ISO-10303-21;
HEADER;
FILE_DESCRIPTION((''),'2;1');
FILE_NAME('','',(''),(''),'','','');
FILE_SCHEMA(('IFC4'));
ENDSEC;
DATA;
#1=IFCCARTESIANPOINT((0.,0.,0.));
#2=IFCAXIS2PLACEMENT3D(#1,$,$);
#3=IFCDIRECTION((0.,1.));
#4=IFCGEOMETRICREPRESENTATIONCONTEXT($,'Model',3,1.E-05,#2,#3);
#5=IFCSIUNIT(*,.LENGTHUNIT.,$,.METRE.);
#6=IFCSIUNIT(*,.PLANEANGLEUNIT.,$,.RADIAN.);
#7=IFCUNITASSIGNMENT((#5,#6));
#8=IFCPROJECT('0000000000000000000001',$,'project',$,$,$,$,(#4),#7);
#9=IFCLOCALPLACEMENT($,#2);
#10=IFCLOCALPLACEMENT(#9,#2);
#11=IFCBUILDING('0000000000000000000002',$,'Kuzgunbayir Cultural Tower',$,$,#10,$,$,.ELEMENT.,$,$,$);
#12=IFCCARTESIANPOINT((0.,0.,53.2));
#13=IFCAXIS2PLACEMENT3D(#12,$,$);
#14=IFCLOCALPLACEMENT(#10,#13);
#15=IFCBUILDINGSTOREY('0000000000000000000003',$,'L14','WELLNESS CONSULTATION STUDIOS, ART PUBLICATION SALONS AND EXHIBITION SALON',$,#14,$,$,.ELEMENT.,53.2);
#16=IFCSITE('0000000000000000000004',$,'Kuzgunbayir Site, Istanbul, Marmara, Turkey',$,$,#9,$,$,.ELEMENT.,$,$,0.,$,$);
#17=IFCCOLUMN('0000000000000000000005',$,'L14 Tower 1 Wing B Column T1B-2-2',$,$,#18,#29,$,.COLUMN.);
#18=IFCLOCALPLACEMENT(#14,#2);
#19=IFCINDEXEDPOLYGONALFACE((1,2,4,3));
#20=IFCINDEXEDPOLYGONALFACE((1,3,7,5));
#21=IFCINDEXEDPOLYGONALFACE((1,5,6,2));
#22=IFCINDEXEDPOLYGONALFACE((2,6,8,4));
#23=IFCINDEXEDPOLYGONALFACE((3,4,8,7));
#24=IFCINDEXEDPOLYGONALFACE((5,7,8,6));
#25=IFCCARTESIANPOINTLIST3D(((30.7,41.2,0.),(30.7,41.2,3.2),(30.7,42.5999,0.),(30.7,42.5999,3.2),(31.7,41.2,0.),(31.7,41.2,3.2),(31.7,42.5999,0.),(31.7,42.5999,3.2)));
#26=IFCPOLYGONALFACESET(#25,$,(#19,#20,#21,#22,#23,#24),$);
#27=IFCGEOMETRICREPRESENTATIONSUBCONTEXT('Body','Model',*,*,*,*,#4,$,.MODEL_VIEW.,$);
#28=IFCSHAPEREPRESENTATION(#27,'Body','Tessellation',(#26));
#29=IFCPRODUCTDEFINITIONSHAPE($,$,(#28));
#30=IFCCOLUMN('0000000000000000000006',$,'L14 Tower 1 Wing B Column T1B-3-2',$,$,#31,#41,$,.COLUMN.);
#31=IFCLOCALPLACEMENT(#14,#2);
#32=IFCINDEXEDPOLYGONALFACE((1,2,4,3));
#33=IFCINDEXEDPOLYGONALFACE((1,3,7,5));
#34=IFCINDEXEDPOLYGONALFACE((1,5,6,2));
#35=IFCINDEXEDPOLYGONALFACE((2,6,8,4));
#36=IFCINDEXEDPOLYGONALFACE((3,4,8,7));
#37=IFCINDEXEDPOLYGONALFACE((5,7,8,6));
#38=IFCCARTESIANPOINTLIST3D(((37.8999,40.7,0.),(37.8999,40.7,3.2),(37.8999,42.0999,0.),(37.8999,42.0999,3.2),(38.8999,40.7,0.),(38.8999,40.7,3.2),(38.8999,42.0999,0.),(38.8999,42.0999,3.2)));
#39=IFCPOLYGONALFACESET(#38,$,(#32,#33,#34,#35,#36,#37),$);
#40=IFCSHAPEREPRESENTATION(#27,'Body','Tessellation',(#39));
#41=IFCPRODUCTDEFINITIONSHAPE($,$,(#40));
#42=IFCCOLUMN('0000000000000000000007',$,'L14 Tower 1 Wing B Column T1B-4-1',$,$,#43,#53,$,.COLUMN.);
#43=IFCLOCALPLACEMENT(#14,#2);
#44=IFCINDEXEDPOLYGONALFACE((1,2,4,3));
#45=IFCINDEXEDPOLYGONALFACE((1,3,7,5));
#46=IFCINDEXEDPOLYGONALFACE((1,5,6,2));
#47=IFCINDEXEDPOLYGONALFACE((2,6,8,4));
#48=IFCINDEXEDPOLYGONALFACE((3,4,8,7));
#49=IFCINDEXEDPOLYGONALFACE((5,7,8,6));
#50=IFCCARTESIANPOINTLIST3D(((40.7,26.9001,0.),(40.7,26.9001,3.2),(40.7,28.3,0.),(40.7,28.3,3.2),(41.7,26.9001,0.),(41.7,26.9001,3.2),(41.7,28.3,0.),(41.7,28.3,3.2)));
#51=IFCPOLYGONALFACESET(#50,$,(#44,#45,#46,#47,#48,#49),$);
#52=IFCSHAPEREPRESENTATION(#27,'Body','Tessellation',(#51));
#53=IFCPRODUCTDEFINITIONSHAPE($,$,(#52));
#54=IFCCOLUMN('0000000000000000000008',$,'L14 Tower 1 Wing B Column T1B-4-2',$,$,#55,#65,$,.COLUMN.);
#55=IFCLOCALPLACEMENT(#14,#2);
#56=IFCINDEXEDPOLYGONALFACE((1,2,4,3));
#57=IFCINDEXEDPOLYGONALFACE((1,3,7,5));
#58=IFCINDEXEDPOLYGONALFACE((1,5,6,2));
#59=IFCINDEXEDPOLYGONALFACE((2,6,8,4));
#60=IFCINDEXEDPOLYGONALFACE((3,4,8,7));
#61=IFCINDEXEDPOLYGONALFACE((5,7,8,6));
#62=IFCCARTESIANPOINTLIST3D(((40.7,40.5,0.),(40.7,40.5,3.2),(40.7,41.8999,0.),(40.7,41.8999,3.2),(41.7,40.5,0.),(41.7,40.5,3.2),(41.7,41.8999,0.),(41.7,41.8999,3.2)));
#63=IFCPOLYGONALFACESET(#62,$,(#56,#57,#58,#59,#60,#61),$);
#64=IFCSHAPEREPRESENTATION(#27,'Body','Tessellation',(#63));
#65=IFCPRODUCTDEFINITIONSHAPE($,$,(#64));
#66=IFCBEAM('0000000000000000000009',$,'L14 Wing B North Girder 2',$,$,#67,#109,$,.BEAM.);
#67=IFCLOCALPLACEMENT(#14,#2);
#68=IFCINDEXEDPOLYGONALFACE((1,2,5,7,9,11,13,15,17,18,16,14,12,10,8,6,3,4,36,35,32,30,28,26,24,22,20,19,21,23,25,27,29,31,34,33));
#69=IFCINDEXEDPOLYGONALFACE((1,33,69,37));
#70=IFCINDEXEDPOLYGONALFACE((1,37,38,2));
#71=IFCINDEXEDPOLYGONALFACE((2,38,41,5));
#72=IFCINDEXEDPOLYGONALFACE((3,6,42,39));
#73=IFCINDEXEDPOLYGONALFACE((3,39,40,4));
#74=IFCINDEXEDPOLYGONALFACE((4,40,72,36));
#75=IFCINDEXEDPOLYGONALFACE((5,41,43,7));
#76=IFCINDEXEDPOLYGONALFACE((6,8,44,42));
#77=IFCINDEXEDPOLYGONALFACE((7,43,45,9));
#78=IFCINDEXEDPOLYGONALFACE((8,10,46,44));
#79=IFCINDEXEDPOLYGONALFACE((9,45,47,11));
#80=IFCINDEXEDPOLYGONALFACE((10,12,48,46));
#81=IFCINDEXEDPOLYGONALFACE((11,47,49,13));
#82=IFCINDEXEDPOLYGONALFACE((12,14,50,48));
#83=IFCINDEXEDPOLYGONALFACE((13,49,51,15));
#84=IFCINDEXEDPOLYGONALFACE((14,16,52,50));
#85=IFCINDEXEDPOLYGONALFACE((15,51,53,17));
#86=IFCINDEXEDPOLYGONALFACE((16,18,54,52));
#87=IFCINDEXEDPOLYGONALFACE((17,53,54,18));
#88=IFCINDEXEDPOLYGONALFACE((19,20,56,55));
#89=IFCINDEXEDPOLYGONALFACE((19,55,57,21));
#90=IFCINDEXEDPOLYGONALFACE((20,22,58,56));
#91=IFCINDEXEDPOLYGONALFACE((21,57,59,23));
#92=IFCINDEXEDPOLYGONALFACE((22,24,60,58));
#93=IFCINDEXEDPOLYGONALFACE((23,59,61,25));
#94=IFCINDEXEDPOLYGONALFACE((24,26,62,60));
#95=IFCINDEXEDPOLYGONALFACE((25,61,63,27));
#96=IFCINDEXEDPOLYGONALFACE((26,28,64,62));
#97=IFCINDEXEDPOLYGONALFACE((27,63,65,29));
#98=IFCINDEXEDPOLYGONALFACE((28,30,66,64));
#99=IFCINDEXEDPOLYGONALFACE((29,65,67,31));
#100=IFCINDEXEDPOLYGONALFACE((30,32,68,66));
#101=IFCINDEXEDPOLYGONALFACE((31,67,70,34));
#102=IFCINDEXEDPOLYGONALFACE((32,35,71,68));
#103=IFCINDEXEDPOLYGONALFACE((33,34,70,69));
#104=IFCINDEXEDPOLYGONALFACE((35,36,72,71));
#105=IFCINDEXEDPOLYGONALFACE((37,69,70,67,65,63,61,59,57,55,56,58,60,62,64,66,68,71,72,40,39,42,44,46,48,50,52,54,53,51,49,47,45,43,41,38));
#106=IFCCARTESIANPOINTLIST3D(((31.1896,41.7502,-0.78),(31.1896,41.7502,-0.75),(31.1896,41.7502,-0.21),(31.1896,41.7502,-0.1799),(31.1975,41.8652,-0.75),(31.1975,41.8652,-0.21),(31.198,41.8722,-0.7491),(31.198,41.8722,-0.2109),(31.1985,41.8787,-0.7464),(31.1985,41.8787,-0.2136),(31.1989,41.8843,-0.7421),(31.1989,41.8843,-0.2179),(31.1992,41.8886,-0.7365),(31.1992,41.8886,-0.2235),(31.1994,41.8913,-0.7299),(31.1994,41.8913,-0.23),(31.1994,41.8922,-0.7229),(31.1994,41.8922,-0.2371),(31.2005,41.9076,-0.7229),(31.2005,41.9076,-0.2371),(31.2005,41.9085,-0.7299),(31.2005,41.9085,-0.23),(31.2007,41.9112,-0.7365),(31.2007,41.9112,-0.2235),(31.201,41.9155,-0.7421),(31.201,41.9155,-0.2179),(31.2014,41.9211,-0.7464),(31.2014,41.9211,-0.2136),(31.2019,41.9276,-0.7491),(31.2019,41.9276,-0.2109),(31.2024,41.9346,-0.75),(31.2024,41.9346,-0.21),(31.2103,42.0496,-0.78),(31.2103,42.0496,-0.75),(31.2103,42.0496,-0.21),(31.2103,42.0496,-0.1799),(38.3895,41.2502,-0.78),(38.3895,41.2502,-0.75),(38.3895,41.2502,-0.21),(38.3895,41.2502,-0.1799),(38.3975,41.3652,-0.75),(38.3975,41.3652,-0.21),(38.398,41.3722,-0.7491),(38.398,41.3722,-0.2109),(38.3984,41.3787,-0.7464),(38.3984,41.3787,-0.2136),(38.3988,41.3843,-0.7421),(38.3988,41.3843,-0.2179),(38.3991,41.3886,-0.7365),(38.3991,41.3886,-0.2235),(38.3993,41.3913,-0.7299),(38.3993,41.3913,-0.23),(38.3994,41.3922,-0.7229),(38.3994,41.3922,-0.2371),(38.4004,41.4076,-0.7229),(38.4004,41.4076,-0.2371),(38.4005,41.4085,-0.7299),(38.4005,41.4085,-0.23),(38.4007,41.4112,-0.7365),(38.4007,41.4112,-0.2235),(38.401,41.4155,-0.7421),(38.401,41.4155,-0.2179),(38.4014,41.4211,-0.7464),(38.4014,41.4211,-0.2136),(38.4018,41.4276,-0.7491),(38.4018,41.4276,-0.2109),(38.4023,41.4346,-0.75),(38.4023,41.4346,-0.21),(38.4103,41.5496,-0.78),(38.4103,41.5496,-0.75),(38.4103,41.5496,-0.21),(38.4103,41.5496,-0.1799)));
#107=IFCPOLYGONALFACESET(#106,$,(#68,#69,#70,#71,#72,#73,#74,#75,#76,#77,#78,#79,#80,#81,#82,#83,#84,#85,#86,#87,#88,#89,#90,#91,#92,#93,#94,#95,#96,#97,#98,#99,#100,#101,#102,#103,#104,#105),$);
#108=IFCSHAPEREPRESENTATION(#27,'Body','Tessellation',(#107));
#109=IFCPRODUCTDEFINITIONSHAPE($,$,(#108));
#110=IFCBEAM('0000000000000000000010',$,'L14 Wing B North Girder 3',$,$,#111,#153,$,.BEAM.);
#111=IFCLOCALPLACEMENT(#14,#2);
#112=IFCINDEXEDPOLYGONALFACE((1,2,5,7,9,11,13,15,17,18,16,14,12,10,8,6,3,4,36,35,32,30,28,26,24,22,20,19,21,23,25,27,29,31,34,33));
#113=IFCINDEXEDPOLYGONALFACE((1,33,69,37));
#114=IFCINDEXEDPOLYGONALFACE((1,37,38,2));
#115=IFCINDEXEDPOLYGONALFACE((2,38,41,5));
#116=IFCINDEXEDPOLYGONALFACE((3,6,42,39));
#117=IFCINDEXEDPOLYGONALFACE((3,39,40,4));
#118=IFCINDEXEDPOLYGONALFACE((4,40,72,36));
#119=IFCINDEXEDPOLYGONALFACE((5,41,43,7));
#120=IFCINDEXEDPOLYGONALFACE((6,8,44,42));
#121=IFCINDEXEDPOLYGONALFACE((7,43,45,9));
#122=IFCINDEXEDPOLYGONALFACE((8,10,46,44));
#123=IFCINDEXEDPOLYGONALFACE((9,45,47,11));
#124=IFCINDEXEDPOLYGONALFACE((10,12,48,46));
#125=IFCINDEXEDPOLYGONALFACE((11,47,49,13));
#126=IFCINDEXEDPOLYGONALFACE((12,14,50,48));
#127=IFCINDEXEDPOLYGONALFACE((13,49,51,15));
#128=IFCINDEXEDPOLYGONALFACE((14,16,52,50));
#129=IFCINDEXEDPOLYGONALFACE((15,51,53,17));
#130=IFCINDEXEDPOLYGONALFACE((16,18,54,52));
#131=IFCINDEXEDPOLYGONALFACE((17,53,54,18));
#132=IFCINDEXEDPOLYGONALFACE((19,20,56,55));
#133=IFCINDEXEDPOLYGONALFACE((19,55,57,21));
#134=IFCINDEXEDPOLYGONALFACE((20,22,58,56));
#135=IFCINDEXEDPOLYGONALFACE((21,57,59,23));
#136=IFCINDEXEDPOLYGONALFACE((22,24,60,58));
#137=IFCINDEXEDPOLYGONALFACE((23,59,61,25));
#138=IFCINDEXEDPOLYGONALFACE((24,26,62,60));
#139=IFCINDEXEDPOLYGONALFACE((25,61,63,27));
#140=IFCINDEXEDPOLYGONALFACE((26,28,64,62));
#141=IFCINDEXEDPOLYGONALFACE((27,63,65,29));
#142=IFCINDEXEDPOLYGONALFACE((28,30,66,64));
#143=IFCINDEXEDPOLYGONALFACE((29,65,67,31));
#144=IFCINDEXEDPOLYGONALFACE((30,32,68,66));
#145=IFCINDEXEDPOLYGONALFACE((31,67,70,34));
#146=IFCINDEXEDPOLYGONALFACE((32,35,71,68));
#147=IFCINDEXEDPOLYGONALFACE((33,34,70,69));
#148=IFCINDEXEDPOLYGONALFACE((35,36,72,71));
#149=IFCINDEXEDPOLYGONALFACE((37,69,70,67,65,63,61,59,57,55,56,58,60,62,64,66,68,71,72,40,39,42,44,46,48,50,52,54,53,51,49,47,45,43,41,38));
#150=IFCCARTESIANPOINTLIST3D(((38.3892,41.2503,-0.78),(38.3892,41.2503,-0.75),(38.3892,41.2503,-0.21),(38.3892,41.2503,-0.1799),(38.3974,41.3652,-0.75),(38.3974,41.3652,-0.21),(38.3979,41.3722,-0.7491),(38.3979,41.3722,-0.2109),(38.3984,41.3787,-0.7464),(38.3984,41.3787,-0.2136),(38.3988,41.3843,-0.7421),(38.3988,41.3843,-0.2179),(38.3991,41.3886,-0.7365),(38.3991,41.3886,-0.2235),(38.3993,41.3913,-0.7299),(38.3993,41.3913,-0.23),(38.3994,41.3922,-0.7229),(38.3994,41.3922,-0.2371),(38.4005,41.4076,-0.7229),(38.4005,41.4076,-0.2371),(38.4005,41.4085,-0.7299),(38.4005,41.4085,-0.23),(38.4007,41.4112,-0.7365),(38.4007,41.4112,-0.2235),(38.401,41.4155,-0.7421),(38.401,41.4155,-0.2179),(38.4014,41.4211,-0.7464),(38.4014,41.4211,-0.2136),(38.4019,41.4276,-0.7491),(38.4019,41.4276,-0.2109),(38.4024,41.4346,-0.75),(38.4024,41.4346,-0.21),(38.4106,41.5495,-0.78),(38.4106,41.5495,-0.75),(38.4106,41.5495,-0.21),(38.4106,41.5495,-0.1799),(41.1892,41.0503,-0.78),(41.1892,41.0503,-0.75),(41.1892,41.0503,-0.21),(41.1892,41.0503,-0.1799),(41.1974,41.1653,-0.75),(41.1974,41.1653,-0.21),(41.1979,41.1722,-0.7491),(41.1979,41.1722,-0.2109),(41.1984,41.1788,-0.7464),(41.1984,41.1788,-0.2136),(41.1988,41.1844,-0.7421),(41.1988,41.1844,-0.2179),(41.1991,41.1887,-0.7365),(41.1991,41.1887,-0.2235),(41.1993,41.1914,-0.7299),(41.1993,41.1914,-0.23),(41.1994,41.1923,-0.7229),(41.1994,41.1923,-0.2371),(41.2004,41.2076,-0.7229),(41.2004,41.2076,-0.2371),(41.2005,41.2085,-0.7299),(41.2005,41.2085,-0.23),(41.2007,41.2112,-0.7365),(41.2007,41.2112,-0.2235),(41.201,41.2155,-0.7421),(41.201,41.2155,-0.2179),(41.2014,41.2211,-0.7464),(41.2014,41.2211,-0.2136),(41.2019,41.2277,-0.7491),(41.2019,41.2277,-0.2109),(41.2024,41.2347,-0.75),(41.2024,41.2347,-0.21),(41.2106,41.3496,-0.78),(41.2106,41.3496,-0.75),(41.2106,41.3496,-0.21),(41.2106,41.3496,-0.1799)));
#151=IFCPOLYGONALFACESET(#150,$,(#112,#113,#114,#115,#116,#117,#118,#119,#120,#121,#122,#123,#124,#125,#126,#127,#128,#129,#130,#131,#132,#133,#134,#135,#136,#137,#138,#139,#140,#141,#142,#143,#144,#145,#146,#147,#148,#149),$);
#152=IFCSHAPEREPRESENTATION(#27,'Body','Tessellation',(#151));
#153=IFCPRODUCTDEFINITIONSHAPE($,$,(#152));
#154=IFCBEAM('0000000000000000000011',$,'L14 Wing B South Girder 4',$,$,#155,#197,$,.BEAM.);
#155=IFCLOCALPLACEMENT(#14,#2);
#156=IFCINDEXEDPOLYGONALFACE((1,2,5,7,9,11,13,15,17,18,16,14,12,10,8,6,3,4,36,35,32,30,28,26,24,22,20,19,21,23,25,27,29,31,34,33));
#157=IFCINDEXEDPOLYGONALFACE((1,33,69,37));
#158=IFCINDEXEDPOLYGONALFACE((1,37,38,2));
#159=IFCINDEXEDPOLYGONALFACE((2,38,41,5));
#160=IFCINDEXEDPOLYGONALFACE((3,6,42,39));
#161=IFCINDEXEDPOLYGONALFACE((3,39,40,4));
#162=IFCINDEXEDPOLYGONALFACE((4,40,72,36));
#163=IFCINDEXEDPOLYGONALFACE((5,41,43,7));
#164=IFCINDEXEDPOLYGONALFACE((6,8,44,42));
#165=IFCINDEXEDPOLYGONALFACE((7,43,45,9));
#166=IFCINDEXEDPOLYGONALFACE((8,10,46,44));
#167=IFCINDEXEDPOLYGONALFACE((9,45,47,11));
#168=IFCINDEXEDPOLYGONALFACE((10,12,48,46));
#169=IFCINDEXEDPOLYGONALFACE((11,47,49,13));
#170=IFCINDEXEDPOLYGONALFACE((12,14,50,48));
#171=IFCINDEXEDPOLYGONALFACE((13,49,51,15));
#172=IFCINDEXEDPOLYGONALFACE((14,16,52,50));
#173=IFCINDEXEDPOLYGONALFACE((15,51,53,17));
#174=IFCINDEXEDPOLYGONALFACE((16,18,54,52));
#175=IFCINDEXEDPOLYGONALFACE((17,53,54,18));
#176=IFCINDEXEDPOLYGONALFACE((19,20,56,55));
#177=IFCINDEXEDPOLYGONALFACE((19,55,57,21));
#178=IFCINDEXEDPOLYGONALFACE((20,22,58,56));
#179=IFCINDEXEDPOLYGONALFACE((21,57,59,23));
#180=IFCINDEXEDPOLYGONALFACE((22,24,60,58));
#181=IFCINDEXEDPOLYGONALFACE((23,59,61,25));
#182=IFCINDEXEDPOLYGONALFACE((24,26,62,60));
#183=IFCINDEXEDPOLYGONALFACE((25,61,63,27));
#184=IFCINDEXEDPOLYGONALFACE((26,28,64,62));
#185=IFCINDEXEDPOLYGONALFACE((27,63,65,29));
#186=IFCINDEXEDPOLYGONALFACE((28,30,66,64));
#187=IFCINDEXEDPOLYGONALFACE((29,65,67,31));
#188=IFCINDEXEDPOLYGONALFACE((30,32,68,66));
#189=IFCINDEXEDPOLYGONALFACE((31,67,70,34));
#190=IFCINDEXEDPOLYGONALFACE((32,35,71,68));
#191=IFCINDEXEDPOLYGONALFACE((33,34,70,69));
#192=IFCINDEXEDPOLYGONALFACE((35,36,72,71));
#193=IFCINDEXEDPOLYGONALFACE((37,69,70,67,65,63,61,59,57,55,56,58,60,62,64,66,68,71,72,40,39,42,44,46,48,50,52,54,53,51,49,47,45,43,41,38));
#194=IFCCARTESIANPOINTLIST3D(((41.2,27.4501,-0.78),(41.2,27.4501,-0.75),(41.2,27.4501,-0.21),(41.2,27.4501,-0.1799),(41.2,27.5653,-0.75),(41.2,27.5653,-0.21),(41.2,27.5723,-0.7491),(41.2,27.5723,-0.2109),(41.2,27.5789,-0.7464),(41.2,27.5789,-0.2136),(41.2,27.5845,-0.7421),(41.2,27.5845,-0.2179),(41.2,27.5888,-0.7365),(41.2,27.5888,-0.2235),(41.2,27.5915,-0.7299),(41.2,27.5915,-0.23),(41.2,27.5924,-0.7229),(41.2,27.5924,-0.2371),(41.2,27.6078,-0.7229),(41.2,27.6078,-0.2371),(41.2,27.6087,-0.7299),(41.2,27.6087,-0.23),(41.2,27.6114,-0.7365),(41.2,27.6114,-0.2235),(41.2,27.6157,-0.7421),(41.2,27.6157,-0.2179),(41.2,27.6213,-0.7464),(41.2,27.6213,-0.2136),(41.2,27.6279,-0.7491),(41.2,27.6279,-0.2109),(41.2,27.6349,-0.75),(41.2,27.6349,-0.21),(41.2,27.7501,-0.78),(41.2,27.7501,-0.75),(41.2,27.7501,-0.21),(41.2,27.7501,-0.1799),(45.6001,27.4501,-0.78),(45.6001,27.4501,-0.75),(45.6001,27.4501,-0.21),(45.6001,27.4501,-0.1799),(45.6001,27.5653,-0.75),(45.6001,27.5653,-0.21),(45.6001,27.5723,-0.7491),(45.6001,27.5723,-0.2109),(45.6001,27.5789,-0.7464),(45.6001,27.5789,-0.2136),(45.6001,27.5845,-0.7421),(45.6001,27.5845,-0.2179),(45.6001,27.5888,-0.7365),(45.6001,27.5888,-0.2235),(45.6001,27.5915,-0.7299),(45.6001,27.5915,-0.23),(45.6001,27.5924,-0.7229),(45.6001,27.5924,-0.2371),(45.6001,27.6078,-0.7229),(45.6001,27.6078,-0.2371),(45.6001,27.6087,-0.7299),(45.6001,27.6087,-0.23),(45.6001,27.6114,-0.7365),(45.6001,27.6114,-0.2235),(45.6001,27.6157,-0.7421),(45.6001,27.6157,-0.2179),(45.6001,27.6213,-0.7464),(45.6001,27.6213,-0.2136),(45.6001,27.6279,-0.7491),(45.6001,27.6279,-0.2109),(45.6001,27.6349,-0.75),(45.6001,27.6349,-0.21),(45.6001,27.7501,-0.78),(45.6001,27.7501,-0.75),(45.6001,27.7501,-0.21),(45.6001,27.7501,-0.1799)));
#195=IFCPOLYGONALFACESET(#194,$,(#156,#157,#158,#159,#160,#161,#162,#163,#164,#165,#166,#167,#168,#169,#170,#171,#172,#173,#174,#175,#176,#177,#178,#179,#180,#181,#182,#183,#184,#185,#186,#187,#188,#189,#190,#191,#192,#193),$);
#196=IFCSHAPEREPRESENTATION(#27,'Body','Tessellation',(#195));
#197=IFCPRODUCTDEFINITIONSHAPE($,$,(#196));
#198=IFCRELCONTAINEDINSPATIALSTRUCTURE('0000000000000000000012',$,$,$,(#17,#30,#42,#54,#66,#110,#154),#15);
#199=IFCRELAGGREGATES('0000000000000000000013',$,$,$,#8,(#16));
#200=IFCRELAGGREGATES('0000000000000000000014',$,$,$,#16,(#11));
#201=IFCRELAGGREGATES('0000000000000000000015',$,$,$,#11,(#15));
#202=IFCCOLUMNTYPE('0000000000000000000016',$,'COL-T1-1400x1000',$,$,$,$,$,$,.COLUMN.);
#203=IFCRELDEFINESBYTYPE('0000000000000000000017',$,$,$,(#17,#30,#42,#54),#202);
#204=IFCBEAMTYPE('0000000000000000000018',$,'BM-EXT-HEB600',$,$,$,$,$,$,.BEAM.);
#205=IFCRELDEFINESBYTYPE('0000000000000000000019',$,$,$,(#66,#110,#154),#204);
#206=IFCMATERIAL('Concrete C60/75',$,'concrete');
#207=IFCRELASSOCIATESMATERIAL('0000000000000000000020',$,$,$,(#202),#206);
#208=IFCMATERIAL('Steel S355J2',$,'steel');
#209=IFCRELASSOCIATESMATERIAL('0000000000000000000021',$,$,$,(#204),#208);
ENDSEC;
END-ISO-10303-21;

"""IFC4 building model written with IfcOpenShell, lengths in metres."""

from ifc_helpers import new_model, si_unit, direction, frame, origin, origin_2d, place, context, subcontext, project, spatial, rectangle, i_section, extrude, material, material_profile, profile_set, type_object, element, save


model = new_model("IFC4")

# Units and contexts
model_context = context("Model", 3, precision=1e-05, world=origin(), true_north=direction((0.0, 1.0)))
body_context = subcontext(model_context, "Body", "Model", "MODEL_VIEW")
ifc_project = project(units=[si_unit("LENGTHUNIT", "METRE"), si_unit("PLANEANGLEUNIT", "RADIAN")], contexts=[model_context])

# Site, building, storey
site_placement = place(None, origin())
site = spatial("IfcSite", under=ifc_project, at=site_placement, Name="Kuzgunbayir Site, Istanbul, Marmara, Turkey", CompositionType="ELEMENT", RefElevation=0.0)
building_placement = place(site_placement, origin())
building = spatial("IfcBuilding", under=site, at=building_placement, Name="Kuzgunbayir Cultural Tower", CompositionType="ELEMENT")
storey_placement = place(building_placement, frame((0.0, 0.0, 53.2)))
storey = spatial("IfcBuildingStorey", under=building, at=storey_placement, Name="L14", Description="WELLNESS CONSULTATION STUDIOS, ART PUBLICATION SALONS AND EXHIBITION SALON", CompositionType="ELEMENT", Elevation=53.2)

# Columns
ifc_material_1 = material(Name="Concrete C60/75", Category="concrete")
ifc_material_profile_1 = material_profile(ifc_material_1, rectangle(XDim=1.0, YDim=1.3999, at=origin_2d()), Name="RC 1400x1000")
ifc_profile_set_1 = profile_set([ifc_material_profile_1], Name="Concrete C60/75")
column_type = type_object("IfcColumnType", Name="COL-T1-1400x1000", PredefinedType="COLUMN", material=ifc_profile_set_1)
for number, where, z_axis, x_axis, name in (
    (1, (31.2, 41.8999, 0.0), (0.0, 0.0, 1.0), (1.0, 0.0, 0.0), "L14 Tower 1 Wing B Column T1B-2-2"),
    (2, (38.3999, 41.3999, 0.0), (0.0, 0.0, 1.0), (1.0, 0.0, 0.0), "L14 Tower 1 Wing B Column T1B-3-2"),
    (3, (41.2, 27.6001, 0.0), (0.0, 0.0, 1.0), (1.0, 0.0, 0.0), "L14 Tower 1 Wing B Column T1B-4-1"),
    (4, (41.2, 41.2, 0.0), (0.0, 0.0, 1.0), (1.0, 0.0, 0.0), "L14 Tower 1 Wing B Column T1B-4-2"),
):
    element("IfcColumn", number, at=place(storey_placement, frame(where, z_axis=z_axis, x_axis=x_axis)), inside=storey, type_object=column_type, Name=name, PredefinedType="COLUMN", context=body_context, shape_type="SweptSolid", body=[
        extrude(rectangle(XDim=1.0, YDim=1.3999, at=origin_2d()), origin(), (0.0, 0.0, 1.0), 3.2),
    ])

# Beams
ifc_material_2 = material(Name="Steel S355J2", Category="steel")
ifc_material_profile_2 = material_profile(ifc_material_2, i_section(OverallWidth=0.3, OverallDepth=0.6001, WebThickness=0.0154, FlangeThickness=0.03, FilletRadius=0.0271, at=origin_2d()), Name="HEB 600")
ifc_profile_set_2 = profile_set([ifc_material_profile_2], Name="Steel S355J2")
beam_type_1 = type_object("IfcBeamType", Name="BM-EXT-HEB600", PredefinedType="BEAM", material=ifc_profile_set_2)
beam_1_placement = place(storey_placement, frame((31.2, 41.8999, -0.48), z_axis=(0.997597, -0.069278, 0.0), x_axis=(0.069278, 0.997597, 0.0)))
element("IfcBeam", 5, at=beam_1_placement, inside=storey, type_object=beam_type_1, Name="L14 Wing B North Girder 2", PredefinedType="BEAM", context=body_context, shape_type="SweptSolid", body=[
    extrude(i_section(OverallWidth=0.3, OverallDepth=0.6001, WebThickness=0.0154, FlangeThickness=0.03, FilletRadius=0.0271, at=origin_2d()), origin(), (0.0, 0.0, 1.0), 7.2173),
])
beam_2_placement = place(storey_placement, frame((38.3999, 41.3999, -0.48), z_axis=(0.99746, -0.071229, 0.0), x_axis=(0.071229, 0.99746, 0.0)))
element("IfcBeam", 6, at=beam_2_placement, inside=storey, type_object=beam_type_1, Name="L14 Wing B North Girder 3", PredefinedType="BEAM", context=body_context, shape_type="SweptSolid", body=[
    extrude(i_section(OverallWidth=0.3, OverallDepth=0.6001, WebThickness=0.0154, FlangeThickness=0.03, FilletRadius=0.0271, at=origin_2d()), origin(), (0.0, 0.0, 1.0), 2.8071),
])
for number, where, z_axis, x_axis, name in (
    (7, (41.2, 27.6001, -0.48), (1.0, 0.0, 0.0), (0.0, 1.0, 0.0), "L14 Wing B South Girder 4"),
):
    element("IfcBeam", number, at=place(storey_placement, frame(where, z_axis=z_axis, x_axis=x_axis)), inside=storey, type_object=beam_type_1, Name=name, PredefinedType="BEAM", context=body_context, shape_type="SweptSolid", body=[
        extrude(i_section(OverallWidth=0.3, OverallDepth=0.6001, WebThickness=0.0154, FlangeThickness=0.03, FilletRadius=0.0271, at=origin_2d()), origin(), (0.0, 0.0, 1.0), 4.4001),
    ])

save(model, "model.ifc")
